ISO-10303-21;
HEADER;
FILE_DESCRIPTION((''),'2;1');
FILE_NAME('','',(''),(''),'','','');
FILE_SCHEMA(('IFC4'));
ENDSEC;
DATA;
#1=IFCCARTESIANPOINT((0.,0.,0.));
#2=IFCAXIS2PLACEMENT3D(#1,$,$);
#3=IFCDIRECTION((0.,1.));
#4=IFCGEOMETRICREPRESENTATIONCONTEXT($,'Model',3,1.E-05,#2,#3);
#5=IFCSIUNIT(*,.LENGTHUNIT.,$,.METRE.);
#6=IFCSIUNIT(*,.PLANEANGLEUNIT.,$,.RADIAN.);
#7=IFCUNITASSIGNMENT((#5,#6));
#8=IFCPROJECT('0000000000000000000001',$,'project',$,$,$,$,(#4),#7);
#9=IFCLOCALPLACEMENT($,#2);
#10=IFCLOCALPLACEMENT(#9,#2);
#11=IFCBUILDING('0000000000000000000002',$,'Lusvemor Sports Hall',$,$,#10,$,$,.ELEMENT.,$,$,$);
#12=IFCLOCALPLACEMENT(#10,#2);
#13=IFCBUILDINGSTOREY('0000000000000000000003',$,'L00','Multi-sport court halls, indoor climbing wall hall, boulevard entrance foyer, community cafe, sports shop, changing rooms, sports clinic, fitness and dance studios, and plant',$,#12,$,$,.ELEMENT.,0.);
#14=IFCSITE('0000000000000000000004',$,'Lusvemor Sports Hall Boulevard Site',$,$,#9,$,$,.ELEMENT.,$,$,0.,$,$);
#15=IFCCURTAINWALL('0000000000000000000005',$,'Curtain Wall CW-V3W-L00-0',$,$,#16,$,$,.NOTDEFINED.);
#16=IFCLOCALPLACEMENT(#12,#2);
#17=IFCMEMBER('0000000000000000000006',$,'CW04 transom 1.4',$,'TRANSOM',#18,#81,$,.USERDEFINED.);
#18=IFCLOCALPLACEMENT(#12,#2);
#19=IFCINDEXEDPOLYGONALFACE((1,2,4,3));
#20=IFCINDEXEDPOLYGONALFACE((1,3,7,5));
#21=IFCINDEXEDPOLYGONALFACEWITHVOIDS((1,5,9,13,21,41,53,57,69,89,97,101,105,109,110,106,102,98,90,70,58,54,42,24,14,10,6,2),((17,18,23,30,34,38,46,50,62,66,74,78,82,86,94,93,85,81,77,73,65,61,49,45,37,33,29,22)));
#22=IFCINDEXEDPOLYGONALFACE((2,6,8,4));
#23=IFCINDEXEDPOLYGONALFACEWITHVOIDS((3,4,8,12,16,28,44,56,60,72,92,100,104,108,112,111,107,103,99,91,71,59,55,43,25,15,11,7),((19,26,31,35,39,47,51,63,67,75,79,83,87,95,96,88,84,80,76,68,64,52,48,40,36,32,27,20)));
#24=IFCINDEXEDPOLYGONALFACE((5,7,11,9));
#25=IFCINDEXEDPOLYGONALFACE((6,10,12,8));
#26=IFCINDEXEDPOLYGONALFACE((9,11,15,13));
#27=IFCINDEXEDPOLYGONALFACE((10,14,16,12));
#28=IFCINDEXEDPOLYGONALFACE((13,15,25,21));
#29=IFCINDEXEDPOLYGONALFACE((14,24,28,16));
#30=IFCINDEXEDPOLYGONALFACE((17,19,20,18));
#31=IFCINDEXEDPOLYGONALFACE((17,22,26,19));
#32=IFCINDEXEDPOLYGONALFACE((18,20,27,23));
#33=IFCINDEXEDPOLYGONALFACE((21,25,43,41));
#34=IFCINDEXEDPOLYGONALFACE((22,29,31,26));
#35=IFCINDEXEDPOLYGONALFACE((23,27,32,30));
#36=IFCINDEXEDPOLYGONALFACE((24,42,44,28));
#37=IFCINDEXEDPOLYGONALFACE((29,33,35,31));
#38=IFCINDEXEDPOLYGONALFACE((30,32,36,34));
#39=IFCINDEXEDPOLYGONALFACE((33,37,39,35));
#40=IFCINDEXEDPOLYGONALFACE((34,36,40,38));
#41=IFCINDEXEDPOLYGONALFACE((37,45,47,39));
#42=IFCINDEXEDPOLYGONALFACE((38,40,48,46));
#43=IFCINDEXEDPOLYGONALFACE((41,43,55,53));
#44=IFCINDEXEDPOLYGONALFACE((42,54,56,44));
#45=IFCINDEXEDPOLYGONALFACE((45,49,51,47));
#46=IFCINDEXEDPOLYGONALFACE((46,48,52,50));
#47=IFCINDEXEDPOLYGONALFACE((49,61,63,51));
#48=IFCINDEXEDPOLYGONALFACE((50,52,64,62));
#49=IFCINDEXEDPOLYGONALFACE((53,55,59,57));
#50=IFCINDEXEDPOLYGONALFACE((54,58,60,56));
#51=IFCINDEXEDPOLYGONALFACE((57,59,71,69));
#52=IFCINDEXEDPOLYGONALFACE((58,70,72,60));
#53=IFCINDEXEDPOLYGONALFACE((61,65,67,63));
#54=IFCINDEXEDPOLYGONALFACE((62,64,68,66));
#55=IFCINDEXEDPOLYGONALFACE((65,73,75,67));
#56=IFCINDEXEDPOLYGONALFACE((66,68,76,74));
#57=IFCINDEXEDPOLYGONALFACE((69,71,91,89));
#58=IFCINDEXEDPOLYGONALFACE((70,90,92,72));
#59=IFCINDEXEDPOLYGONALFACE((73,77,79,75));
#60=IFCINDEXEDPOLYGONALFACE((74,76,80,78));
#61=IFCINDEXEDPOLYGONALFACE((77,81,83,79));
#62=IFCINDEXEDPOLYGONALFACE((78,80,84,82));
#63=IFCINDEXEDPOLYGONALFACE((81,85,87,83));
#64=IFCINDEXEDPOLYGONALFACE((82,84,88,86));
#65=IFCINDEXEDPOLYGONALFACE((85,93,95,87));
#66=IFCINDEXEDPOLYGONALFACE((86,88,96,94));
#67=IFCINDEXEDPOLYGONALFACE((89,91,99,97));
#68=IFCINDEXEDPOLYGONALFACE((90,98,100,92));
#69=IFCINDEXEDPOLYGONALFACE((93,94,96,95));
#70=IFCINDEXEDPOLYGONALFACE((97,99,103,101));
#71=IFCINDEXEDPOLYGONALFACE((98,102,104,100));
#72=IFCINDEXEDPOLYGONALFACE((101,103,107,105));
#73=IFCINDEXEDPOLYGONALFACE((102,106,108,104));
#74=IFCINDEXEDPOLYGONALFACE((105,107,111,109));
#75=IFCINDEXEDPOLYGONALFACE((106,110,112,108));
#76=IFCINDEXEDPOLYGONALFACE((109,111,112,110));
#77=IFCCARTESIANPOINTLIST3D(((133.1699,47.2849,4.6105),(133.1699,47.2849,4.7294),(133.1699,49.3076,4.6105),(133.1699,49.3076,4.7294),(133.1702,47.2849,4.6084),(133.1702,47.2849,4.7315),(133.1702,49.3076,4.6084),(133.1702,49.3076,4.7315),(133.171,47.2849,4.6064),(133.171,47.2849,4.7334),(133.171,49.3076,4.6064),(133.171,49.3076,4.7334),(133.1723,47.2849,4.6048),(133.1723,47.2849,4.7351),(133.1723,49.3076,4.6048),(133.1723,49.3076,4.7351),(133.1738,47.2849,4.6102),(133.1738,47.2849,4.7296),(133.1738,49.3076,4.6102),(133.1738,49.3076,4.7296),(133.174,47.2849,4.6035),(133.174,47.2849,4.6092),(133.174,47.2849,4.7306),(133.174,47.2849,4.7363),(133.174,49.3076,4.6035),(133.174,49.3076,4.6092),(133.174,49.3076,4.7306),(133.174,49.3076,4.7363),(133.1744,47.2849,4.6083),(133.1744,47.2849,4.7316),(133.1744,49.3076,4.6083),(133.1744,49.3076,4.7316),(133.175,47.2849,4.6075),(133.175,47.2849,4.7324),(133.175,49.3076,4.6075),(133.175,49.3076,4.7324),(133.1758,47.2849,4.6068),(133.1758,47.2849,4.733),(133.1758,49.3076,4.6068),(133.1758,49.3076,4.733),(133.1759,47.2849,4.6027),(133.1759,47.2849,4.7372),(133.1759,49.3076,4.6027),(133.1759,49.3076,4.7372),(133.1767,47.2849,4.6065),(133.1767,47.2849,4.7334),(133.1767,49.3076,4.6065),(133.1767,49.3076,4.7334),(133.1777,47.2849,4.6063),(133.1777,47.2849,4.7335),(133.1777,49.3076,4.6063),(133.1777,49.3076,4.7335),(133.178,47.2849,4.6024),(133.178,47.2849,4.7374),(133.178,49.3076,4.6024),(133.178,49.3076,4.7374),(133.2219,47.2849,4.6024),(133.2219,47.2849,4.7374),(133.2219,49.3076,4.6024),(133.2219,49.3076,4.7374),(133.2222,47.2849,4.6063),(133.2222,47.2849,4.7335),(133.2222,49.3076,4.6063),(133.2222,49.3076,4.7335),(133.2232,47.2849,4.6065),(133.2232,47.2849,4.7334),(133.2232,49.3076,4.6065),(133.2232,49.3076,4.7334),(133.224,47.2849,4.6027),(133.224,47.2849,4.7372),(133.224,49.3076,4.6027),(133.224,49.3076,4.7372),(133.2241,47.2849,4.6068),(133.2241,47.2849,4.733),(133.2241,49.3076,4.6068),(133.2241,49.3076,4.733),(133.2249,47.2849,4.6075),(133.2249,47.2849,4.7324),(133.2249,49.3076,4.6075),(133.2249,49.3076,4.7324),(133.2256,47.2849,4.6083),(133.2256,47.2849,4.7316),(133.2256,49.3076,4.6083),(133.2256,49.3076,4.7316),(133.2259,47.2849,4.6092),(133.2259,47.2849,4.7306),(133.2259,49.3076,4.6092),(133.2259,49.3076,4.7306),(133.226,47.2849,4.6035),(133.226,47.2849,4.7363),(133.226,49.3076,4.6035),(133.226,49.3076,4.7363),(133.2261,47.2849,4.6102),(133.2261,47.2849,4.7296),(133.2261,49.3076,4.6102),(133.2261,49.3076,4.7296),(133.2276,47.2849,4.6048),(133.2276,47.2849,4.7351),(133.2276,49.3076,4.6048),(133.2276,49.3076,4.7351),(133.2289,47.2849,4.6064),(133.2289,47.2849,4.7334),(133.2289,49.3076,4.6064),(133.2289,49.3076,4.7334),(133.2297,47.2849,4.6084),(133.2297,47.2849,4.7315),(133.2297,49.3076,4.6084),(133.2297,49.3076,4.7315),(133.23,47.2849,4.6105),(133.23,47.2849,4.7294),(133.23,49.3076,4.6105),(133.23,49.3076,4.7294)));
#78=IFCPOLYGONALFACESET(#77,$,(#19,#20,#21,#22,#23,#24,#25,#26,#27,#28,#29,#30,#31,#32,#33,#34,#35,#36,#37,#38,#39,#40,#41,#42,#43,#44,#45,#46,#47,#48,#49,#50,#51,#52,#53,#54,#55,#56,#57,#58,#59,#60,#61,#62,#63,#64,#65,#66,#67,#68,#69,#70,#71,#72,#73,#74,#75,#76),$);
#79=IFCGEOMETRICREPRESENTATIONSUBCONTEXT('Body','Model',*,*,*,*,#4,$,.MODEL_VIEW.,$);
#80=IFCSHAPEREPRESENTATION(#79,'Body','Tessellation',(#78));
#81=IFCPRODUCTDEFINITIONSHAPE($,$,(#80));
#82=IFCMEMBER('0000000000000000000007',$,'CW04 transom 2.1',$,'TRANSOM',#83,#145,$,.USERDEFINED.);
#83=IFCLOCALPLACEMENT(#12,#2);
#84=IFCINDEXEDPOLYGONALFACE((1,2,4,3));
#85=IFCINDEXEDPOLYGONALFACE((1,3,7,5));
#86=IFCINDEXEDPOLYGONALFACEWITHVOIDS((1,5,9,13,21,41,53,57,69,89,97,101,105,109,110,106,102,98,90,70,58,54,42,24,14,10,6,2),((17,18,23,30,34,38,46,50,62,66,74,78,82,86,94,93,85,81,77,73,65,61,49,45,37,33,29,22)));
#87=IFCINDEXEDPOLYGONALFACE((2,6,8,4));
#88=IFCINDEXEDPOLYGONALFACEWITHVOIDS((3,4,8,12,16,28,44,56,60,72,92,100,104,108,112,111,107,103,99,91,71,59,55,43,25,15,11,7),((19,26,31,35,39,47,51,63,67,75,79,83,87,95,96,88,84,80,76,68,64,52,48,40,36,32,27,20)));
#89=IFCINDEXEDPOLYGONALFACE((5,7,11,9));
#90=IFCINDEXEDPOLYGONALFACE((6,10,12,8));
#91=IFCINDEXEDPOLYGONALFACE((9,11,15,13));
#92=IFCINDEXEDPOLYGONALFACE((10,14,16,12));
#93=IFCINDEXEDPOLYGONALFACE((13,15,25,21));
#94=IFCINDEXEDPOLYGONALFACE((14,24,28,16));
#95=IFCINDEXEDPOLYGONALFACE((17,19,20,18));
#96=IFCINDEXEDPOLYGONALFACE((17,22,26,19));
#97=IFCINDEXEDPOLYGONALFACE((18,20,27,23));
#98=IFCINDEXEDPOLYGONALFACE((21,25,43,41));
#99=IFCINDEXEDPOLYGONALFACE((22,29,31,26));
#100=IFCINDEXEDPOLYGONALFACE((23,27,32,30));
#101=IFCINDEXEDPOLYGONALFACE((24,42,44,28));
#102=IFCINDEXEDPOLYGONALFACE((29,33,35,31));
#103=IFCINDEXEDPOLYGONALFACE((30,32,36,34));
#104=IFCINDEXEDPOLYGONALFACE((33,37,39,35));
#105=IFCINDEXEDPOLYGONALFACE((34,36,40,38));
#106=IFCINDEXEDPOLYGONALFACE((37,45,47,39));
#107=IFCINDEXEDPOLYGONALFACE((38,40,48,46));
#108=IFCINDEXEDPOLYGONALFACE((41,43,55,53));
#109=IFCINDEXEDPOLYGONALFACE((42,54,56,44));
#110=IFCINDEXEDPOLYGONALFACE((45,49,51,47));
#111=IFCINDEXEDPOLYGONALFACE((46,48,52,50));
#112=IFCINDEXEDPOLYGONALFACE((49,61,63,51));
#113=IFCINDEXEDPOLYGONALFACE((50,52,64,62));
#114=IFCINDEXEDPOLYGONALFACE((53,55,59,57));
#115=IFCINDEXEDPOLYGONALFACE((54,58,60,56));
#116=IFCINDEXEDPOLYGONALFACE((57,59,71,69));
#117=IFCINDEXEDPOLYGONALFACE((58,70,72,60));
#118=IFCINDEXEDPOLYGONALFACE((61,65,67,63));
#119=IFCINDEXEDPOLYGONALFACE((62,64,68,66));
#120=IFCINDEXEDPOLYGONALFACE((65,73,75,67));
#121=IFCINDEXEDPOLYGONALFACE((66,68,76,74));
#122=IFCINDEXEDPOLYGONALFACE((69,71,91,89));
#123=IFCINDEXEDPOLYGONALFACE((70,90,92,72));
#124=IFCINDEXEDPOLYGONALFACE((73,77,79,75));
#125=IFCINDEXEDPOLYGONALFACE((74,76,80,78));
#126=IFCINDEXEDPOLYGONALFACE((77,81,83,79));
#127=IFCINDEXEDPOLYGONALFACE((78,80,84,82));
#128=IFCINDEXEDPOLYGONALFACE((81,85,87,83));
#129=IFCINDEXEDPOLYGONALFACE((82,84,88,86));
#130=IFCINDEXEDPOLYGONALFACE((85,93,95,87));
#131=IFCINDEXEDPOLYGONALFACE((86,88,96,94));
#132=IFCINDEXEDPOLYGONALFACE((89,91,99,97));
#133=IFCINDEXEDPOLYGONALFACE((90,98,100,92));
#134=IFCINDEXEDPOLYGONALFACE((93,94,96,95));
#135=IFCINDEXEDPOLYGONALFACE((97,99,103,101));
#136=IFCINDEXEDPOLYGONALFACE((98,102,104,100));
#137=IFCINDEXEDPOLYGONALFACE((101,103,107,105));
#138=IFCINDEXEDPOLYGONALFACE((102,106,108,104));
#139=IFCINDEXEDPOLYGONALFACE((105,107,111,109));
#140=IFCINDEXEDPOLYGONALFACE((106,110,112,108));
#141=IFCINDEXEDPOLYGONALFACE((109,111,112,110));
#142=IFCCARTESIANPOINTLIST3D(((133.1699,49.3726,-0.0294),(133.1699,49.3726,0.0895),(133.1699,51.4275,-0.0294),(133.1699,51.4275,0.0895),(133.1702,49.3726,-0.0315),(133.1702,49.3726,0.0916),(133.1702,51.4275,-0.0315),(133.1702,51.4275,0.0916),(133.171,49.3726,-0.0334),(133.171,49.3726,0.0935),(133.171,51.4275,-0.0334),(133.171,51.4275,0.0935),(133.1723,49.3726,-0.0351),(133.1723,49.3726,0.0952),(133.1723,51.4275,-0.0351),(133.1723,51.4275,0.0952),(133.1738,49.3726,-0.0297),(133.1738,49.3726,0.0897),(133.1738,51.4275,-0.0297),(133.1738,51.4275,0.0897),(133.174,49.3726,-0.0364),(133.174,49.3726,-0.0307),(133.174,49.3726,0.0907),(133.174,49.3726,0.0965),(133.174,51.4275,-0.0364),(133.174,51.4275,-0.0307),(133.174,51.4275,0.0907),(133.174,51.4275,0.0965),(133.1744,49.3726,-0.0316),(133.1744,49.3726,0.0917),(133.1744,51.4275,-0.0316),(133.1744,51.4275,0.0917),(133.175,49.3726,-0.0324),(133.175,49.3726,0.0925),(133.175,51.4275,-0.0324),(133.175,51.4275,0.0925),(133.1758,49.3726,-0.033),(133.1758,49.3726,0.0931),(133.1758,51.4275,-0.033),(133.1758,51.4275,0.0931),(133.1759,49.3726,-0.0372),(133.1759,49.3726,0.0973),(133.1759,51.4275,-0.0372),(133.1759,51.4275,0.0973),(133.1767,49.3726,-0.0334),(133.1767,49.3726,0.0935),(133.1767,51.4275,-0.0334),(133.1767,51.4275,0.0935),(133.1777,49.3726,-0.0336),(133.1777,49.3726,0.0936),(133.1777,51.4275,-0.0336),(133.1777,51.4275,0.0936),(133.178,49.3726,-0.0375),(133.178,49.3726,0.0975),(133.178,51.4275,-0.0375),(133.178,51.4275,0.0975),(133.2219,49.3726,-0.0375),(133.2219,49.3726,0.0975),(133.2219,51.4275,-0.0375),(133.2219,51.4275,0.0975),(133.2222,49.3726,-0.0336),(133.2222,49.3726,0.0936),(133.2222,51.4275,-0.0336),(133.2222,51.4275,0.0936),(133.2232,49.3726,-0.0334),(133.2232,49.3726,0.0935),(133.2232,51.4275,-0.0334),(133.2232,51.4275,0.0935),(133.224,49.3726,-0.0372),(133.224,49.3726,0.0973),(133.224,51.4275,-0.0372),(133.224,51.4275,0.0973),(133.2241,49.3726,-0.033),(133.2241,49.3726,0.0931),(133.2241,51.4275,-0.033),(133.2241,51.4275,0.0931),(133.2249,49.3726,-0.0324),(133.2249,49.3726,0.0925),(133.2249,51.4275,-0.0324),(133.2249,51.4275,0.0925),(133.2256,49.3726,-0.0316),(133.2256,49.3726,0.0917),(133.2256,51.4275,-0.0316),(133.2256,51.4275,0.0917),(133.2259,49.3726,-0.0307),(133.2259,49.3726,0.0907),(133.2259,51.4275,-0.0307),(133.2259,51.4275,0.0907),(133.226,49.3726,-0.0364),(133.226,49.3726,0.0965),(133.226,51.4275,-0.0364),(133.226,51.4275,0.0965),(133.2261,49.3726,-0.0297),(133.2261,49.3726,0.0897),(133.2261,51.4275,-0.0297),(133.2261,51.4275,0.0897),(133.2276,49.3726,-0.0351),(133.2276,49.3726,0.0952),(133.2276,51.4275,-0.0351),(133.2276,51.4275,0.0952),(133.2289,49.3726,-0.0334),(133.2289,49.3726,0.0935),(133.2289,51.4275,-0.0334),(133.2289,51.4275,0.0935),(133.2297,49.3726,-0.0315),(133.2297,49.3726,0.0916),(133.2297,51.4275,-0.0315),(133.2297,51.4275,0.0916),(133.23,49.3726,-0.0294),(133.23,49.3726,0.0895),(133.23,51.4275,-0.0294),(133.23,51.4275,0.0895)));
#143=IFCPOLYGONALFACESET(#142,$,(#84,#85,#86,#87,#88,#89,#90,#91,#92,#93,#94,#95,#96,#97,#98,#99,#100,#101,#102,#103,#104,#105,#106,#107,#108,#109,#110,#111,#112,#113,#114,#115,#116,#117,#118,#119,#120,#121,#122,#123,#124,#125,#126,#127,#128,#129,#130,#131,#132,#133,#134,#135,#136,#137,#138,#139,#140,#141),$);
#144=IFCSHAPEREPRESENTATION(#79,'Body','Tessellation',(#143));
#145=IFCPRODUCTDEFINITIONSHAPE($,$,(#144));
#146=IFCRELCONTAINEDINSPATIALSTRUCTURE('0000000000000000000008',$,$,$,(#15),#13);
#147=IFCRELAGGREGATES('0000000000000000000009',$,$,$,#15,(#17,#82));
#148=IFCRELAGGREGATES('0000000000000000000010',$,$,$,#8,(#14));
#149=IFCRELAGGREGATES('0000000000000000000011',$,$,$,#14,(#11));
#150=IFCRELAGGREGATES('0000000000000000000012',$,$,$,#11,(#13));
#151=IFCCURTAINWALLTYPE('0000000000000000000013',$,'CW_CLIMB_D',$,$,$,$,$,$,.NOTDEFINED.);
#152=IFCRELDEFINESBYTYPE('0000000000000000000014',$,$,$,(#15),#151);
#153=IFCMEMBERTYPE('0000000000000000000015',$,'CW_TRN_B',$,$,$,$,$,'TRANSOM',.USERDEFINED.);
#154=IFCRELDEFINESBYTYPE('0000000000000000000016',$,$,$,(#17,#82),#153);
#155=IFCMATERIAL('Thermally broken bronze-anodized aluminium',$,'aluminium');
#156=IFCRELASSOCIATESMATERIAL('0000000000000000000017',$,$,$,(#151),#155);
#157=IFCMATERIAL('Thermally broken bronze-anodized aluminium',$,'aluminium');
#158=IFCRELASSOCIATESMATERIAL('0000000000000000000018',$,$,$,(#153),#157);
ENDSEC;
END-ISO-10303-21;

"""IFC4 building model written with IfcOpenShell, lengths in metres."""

from ifc_helpers import new_model, si_unit, direction, frame, origin, origin_2d, place, context, subcontext, project, spatial, hollow_rectangle, extrude, material, material_profile, profile_set, type_object, element, aggregate, save


model = new_model("IFC4")

# Units and contexts
model_context = context("Model", 3, precision=1e-05, world=origin(), true_north=direction((0.0, 1.0)))
body_context = subcontext(model_context, "Body", "Model", "MODEL_VIEW")
ifc_project = project(units=[si_unit("LENGTHUNIT", "METRE"), si_unit("PLANEANGLEUNIT", "RADIAN")], contexts=[model_context])

# Site, building, storey
site_placement = place(None, origin())
site = spatial("IfcSite", under=ifc_project, at=site_placement, Name="Lusvemor Sports Hall Boulevard Site", CompositionType="ELEMENT", RefElevation=0.0)
building_placement = place(site_placement, origin())
building = spatial("IfcBuilding", under=site, at=building_placement, Name="Lusvemor Sports Hall", CompositionType="ELEMENT")
storey_placement = place(building_placement, origin())
storey = spatial("IfcBuildingStorey", under=building, at=storey_placement, Name="L00", Description="Multi-sport court halls, indoor climbing wall hall, boulevard entrance foyer, community cafe, sports shop, changing rooms, sports clinic, fitness and dance studios, and plant", CompositionType="ELEMENT", Elevation=0.0)

# Curtain wall, members
ifc_material_1 = material(Name="Thermally broken bronze-anodized aluminium", Category="aluminium")
curtain_wall_type = type_object("IfcCurtainWallType", Name="CW_CLIMB_D", PredefinedType="NOTDEFINED", material=ifc_material_1)
curtain_wall_placement = place(storey_placement, origin())
curtain_wall = element("IfcCurtainWall", 1, at=curtain_wall_placement, inside=storey, type_object=curtain_wall_type, Name="Curtain Wall CW-V3W-L00-0", PredefinedType="NOTDEFINED")
ifc_material_2 = material(Name="Thermally broken bronze-anodized aluminium", Category="aluminium")
ifc_material_profile_1 = material_profile(ifc_material_2, hollow_rectangle(XDim=0.0601, YDim=0.135, WallThickness=0.0039, InnerFilletRadius=0.0039, OuterFilletRadius=0.0081, at=origin_2d()), Name="CWTRN135x60x4")
ifc_profile_set_1 = profile_set([ifc_material_profile_1], Name="Thermally broken bronze-anodized aluminium")
member_type_1 = type_object("IfcMemberType", Name="CW_TRN_B", ElementType="TRANSOM", PredefinedType="USERDEFINED", material=ifc_profile_set_1)
member_1_placement = place(storey_placement, frame((133.2, 47.2849, 4.6699), z_axis=(0.0, 1.0, 0.0), x_axis=(-1.0, 0.0, 0.0)))
member_1 = element("IfcMember", 2, at=member_1_placement, type_object=member_type_1, Name="CW04 transom 1.4", ObjectType="TRANSOM", PredefinedType="USERDEFINED", context=body_context, shape_type="SweptSolid", body=[
    extrude(hollow_rectangle(XDim=0.0601, YDim=0.135, WallThickness=0.0039, InnerFilletRadius=0.0039, OuterFilletRadius=0.0081, at=origin_2d()), origin(), (0.0, 0.0, 1.0), 2.0227),
])
member_2_placement = place(storey_placement, frame((133.2, 49.3726, 0.03), z_axis=(0.0, 1.0, 0.0), x_axis=(-1.0, 0.0, 0.0)))
member_2 = element("IfcMember", 3, at=member_2_placement, type_object=member_type_1, Name="CW04 transom 2.1", ObjectType="TRANSOM", PredefinedType="USERDEFINED", context=body_context, shape_type="SweptSolid", body=[
    extrude(hollow_rectangle(XDim=0.0601, YDim=0.135, WallThickness=0.0039, InnerFilletRadius=0.0039, OuterFilletRadius=0.0081, at=origin_2d()), origin(), (0.0, 0.0, 1.0), 2.0549),
])
aggregate(curtain_wall, [member_1, member_2])

save(model, "model.ifc")
